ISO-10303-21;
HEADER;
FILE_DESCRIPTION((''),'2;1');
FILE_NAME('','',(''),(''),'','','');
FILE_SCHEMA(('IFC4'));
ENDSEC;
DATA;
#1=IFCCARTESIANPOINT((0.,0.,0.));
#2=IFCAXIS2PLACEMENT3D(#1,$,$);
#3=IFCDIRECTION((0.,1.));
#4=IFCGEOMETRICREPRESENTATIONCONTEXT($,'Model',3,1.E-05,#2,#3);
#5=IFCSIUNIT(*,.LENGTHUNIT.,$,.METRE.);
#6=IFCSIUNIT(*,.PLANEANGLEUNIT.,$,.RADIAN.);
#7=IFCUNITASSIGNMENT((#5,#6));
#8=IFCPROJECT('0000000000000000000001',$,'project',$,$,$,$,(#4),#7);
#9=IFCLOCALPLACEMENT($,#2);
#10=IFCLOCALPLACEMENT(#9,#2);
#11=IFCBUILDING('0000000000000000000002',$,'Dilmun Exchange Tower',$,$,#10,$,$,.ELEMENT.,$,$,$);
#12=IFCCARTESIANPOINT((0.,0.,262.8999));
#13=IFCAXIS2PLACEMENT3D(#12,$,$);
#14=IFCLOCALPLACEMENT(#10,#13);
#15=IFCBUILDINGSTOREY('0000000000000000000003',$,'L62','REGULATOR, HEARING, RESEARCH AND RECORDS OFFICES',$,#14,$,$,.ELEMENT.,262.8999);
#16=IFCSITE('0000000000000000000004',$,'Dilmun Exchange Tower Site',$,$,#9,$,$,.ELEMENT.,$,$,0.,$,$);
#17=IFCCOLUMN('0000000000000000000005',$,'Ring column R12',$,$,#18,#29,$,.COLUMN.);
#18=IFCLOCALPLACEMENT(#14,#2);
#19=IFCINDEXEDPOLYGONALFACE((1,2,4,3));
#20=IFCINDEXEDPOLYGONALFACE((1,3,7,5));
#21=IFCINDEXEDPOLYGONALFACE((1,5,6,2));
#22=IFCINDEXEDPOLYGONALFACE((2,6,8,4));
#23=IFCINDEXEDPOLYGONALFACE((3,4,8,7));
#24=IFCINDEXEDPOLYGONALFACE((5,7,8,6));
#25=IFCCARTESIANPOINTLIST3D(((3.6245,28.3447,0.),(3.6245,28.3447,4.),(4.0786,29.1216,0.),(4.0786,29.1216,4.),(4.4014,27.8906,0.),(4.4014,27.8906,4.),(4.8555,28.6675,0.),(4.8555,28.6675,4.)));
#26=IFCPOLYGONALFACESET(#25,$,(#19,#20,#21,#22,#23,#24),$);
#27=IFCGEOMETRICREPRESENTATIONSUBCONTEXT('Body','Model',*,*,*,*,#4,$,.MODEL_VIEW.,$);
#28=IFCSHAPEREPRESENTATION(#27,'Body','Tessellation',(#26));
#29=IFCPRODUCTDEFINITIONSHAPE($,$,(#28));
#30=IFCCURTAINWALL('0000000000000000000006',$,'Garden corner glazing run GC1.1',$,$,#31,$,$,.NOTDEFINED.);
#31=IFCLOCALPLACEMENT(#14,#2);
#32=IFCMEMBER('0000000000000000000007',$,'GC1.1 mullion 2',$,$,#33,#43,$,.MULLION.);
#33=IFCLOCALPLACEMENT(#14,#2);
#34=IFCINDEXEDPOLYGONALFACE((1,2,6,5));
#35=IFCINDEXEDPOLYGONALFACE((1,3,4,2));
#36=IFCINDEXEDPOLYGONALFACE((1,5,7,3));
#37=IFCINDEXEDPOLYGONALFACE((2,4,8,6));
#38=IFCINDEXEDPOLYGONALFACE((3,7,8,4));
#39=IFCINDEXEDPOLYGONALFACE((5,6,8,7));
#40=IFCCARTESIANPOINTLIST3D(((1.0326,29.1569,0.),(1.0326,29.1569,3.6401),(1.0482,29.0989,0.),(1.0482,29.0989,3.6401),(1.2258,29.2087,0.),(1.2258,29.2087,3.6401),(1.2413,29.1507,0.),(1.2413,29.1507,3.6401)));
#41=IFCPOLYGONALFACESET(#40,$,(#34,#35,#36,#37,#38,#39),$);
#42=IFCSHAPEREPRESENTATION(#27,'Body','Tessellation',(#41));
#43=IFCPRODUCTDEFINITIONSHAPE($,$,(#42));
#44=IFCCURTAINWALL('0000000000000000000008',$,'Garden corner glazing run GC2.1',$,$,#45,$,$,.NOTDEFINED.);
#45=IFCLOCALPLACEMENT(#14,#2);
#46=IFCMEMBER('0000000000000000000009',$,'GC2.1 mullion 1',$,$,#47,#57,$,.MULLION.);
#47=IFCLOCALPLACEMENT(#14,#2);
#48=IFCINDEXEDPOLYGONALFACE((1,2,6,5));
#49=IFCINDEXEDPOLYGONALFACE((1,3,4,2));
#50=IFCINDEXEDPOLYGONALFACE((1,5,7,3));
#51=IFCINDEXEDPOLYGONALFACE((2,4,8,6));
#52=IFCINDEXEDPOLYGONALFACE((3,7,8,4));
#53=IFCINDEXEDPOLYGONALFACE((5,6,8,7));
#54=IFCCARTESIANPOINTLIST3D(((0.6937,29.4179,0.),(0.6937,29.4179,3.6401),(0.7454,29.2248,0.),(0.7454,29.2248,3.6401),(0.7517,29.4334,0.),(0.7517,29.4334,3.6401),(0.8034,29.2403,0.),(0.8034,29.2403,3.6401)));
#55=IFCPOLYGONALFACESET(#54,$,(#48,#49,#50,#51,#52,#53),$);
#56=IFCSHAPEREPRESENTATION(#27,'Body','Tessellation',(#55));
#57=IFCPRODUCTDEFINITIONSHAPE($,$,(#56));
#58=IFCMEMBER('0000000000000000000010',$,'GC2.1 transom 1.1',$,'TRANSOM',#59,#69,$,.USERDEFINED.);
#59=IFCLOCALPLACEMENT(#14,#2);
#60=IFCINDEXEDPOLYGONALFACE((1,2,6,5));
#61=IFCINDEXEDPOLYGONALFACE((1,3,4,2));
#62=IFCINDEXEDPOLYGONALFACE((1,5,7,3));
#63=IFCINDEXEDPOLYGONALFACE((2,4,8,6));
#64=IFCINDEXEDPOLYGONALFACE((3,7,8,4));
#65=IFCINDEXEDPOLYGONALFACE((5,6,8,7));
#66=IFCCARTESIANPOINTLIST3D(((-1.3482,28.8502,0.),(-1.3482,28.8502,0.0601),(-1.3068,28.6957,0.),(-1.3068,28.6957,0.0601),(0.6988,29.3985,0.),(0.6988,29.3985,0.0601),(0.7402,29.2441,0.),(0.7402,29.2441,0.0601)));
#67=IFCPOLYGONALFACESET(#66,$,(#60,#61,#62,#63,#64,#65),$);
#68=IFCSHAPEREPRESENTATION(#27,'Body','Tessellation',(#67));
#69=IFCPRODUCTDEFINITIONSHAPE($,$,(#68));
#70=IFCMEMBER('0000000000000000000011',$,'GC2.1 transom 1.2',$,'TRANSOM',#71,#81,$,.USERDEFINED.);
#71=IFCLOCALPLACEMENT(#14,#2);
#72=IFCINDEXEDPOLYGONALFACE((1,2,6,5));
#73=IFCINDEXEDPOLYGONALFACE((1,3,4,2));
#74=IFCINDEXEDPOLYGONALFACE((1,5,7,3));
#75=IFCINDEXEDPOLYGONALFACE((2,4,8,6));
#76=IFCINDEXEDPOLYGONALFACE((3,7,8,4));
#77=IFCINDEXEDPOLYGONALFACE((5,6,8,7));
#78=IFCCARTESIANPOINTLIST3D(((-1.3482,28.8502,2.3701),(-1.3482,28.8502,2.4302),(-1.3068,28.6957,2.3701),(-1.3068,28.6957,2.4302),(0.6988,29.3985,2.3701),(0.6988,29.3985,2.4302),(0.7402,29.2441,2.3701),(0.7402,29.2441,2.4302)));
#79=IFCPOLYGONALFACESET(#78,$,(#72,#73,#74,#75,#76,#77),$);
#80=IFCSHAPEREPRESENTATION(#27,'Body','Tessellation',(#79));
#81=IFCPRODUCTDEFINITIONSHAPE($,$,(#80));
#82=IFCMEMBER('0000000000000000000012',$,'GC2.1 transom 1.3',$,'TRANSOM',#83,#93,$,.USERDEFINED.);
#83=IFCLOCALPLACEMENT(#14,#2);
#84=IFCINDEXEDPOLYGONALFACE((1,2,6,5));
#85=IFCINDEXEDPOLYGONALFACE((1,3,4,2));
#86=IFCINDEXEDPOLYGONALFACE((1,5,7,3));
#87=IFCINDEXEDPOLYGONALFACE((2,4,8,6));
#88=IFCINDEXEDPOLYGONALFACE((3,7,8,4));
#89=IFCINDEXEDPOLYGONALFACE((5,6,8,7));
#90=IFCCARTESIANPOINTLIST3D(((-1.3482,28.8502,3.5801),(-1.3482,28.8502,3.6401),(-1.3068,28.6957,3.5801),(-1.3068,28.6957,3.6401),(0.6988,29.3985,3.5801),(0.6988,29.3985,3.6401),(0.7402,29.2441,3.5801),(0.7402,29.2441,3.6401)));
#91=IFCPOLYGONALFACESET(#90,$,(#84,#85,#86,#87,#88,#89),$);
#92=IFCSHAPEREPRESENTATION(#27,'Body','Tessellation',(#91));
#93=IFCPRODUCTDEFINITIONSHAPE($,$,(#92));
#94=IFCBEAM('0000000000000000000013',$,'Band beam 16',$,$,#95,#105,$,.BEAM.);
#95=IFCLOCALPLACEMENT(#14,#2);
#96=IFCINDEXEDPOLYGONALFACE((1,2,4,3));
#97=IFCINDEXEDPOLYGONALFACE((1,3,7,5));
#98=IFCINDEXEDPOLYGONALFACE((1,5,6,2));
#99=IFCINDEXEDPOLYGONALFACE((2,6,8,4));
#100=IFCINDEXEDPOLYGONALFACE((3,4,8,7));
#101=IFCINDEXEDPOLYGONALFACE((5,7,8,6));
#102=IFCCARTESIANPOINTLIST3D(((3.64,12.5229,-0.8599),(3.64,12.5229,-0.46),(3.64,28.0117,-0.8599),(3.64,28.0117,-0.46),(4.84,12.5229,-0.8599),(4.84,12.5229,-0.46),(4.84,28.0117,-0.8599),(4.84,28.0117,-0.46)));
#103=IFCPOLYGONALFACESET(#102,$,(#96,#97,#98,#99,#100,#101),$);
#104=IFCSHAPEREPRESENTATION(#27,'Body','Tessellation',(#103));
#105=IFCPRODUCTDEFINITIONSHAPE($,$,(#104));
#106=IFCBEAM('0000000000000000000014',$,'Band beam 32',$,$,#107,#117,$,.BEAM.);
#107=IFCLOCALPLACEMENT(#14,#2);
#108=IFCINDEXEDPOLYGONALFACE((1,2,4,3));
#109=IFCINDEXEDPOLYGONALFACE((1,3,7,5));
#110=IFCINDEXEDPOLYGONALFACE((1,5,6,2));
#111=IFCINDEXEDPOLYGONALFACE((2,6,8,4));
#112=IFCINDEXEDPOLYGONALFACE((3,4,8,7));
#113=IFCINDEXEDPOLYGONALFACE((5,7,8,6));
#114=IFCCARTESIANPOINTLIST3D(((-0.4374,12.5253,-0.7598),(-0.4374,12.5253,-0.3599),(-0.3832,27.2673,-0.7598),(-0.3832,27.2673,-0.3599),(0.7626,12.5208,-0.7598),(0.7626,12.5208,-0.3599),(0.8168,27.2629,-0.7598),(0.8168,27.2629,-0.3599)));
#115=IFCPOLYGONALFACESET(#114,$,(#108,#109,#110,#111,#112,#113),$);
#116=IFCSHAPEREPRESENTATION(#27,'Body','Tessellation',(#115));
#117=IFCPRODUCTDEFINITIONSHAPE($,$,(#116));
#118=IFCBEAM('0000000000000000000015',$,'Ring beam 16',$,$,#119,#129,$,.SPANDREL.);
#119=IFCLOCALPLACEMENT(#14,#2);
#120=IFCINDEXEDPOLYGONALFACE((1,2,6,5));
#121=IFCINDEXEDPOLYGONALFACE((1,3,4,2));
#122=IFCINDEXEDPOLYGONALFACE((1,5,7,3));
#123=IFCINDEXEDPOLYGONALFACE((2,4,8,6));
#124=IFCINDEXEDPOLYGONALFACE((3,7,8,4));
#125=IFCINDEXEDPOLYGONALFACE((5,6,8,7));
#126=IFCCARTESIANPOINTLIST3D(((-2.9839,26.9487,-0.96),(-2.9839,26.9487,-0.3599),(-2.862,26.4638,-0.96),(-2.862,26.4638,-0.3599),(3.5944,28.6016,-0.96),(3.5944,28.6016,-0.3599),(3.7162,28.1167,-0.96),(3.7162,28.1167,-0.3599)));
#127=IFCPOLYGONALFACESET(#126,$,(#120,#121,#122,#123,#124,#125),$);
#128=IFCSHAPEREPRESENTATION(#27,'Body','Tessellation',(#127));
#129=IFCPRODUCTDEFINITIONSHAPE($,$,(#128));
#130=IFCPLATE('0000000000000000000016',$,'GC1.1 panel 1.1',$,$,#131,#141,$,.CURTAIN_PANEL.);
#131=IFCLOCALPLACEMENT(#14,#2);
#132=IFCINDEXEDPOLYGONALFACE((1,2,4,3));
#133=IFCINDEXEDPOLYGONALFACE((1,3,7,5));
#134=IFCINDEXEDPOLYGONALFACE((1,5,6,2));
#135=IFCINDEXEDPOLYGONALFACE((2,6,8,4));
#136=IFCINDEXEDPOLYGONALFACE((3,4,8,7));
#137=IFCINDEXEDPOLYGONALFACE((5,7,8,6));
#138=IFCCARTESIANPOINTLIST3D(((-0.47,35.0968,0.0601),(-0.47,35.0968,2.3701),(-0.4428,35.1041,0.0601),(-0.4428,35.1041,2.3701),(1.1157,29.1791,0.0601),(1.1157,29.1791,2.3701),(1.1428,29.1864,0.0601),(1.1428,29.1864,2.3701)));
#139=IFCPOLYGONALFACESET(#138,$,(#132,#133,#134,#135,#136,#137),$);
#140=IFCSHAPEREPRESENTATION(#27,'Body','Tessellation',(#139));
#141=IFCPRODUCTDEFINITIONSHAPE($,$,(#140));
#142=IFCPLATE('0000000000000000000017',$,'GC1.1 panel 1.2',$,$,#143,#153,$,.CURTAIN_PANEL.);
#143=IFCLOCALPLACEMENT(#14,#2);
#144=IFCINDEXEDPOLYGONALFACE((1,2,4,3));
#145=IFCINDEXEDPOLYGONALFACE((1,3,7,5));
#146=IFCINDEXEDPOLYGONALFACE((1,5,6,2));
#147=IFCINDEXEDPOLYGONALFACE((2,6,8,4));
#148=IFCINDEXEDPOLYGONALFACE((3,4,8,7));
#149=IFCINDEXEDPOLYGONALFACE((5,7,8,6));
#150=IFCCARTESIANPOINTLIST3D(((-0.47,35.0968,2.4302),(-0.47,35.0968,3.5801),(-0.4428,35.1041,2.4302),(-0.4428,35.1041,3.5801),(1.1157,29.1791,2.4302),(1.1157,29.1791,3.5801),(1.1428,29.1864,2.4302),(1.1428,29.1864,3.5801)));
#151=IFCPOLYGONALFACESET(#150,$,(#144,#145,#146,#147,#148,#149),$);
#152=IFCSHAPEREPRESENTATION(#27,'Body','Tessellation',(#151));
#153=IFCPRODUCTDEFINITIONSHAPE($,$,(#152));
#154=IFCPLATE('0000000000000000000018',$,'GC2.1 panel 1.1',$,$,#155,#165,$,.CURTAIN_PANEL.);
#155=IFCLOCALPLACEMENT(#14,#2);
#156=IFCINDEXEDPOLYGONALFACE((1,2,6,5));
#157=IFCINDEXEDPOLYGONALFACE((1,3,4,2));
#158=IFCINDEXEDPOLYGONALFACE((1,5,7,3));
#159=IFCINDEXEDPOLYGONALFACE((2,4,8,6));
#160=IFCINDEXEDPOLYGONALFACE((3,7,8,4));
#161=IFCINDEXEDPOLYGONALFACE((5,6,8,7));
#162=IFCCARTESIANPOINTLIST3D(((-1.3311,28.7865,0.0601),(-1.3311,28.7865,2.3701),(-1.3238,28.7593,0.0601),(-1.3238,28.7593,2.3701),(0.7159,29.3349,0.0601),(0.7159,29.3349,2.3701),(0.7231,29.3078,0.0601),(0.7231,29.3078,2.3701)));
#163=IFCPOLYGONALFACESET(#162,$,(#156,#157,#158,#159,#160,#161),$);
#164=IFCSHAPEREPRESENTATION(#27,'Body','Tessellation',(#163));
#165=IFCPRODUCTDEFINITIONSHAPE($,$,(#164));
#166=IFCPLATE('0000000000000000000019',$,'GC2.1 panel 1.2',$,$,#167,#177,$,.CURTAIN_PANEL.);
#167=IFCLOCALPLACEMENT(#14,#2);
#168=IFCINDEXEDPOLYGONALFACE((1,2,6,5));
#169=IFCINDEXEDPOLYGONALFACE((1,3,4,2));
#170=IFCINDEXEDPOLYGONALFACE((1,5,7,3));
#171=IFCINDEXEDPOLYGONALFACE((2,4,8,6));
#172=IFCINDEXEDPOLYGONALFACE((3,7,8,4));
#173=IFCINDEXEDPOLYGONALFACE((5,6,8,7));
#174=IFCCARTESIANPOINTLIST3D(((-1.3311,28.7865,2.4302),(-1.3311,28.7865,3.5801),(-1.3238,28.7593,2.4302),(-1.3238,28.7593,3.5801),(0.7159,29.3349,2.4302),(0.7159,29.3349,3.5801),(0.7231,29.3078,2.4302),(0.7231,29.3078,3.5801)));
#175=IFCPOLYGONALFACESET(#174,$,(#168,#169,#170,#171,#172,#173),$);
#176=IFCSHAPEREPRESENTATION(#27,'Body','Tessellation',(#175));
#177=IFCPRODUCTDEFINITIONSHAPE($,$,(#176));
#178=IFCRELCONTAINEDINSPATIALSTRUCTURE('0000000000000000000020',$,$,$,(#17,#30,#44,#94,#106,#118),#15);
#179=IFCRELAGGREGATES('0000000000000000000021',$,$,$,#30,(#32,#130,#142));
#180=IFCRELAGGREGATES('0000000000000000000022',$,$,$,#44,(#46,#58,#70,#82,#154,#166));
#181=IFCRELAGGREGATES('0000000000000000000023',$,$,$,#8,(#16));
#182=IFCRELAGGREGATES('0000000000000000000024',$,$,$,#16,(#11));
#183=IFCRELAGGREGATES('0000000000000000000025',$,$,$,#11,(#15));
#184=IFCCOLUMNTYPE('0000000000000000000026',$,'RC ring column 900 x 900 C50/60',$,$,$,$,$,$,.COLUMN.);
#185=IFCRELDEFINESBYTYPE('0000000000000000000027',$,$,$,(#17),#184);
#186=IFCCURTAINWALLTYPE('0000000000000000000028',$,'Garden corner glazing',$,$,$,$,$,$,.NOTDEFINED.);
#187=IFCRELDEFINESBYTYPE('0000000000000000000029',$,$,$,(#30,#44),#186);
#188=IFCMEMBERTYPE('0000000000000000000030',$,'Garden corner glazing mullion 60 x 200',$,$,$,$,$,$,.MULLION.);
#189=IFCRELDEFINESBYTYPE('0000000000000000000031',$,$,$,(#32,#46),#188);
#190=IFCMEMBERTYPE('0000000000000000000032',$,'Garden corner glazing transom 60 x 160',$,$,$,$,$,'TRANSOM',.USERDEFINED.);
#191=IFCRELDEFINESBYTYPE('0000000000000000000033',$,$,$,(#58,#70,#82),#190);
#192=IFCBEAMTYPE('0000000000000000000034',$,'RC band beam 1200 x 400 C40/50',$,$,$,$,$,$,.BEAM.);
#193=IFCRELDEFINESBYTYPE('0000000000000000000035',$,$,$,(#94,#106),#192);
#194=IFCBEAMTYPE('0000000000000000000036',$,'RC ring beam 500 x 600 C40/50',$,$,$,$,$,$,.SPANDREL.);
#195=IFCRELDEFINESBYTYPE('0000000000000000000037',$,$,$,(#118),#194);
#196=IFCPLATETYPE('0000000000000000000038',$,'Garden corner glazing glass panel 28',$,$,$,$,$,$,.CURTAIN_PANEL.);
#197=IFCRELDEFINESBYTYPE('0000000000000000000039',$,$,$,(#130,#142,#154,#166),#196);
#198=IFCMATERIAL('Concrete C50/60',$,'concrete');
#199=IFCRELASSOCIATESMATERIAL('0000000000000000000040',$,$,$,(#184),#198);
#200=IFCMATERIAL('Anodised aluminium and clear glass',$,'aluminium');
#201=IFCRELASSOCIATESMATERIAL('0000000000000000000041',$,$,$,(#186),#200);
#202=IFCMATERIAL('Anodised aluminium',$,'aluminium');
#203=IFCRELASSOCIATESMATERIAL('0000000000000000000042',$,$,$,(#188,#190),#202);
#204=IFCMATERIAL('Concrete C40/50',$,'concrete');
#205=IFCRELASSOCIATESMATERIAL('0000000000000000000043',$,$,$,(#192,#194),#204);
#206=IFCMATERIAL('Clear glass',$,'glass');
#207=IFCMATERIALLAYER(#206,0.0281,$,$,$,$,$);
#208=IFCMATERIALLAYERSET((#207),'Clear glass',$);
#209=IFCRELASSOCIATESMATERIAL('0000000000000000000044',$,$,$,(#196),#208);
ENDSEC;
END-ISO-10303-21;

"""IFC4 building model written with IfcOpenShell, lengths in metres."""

from ifc_helpers import new_model, si_unit, direction, frame, origin, origin_2d, place, context, subcontext, project, spatial, rectangle, extrude, material, layer, layer_set, material_profile, profile_set, type_object, element, aggregate, save


model = new_model("IFC4")

# Units and contexts
model_context = context("Model", 3, precision=1e-05, world=origin(), true_north=direction((0.0, 1.0)))
body_context = subcontext(model_context, "Body", "Model", "MODEL_VIEW")
ifc_project = project(units=[si_unit("LENGTHUNIT", "METRE"), si_unit("PLANEANGLEUNIT", "RADIAN")], contexts=[model_context])

# Site, building, storey
site_placement = place(None, origin())
site = spatial("IfcSite", under=ifc_project, at=site_placement, Name="Dilmun Exchange Tower Site", CompositionType="ELEMENT", RefElevation=0.0)
building_placement = place(site_placement, origin())
building = spatial("IfcBuilding", under=site, at=building_placement, Name="Dilmun Exchange Tower", CompositionType="ELEMENT")
storey_placement = place(building_placement, frame((0.0, 0.0, 262.8999)))
storey = spatial("IfcBuildingStorey", under=building, at=storey_placement, Name="L62", Description="REGULATOR, HEARING, RESEARCH AND RECORDS OFFICES", CompositionType="ELEMENT", Elevation=262.8999)

# Column
ifc_material_1 = material(Name="Concrete C50/60", Category="concrete")
ifc_material_profile_1 = material_profile(ifc_material_1, rectangle(XDim=0.8999, YDim=0.8999, at=origin_2d()), Name="900 x 900")
ifc_profile_set_1 = profile_set([ifc_material_profile_1], Name="Concrete C50/60")
column_type = type_object("IfcColumnType", Name="RC ring column 900 x 900 C50/60", PredefinedType="COLUMN", material=ifc_profile_set_1)
column_placement = place(storey_placement, frame((4.24, 28.5061, 0.0), z_axis=(0.0, 0.0, 1.0), x_axis=(0.504644, 0.863328, 0.0)))
element("IfcColumn", 1, at=column_placement, inside=storey, type_object=column_type, Name="Ring column R12", PredefinedType="COLUMN", context=body_context, shape_type="SweptSolid", body=[
    extrude(rectangle(XDim=0.8999, YDim=0.8999, at=origin_2d()), origin(), (0.0, 0.0, 1.0), 4.0),
])

# Curtain wall, member
ifc_material_2 = material(Name="Anodised aluminium and clear glass", Category="aluminium")
curtain_wall_type = type_object("IfcCurtainWallType", Name="Garden corner glazing", PredefinedType="NOTDEFINED", material=ifc_material_2)
curtain_wall_1_placement = place(storey_placement, origin())
curtain_wall_1 = element("IfcCurtainWall", 2, at=curtain_wall_1_placement, inside=storey, type_object=curtain_wall_type, Name="Garden corner glazing run GC1.1", PredefinedType="NOTDEFINED")
ifc_material_3 = material(Name="Anodised aluminium", Category="aluminium")
ifc_material_profile_2 = material_profile(ifc_material_3, rectangle(XDim=0.2, YDim=0.0601, at=origin_2d()), Name="AL 60x200")
ifc_profile_set_2 = profile_set([ifc_material_profile_2], Name="Anodised aluminium")
member_type_1 = type_object("IfcMemberType", Name="Garden corner glazing mullion 60 x 200", PredefinedType="MULLION", material=ifc_profile_set_2)
member_1_placement = place(storey_placement, frame((1.137, 29.1538, 0.0), z_axis=(0.0, 0.0, 1.0), x_axis=(0.965926, 0.258819, 0.0)))
member_1 = element("IfcMember", 3, at=member_1_placement, type_object=member_type_1, Name="GC1.1 mullion 2", PredefinedType="MULLION", context=body_context, shape_type="SweptSolid", body=[
    extrude(rectangle(XDim=0.2, YDim=0.0601, at=origin_2d()), origin(), (0.0, 0.0, 1.0), 3.6401),
])

# Curtain wall, members
curtain_wall_2_placement = place(storey_placement, origin())
curtain_wall_2 = element("IfcCurtainWall", 4, at=curtain_wall_2_placement, inside=storey, type_object=curtain_wall_type, Name="Garden corner glazing run GC2.1", PredefinedType="NOTDEFINED")
member_2_placement = place(storey_placement, frame((0.7485, 29.3291, 0.0), z_axis=(0.0, 0.0, 1.0), x_axis=(0.25881, -0.965928, 0.0)))
member_2 = element("IfcMember", 5, at=member_2_placement, type_object=member_type_1, Name="GC2.1 mullion 1", PredefinedType="MULLION", context=body_context, shape_type="SweptSolid", body=[
    extrude(rectangle(XDim=0.2, YDim=0.0601, at=origin_2d()), origin(), (0.0, 0.0, 1.0), 3.6401),
])
ifc_material_profile_3 = material_profile(ifc_material_3, rectangle(XDim=0.1599, YDim=0.0601, at=origin_2d()), Name="AL 60x160")
ifc_profile_set_3 = profile_set([ifc_material_profile_3], Name="Anodised aluminium")
member_type_2 = type_object("IfcMemberType", Name="Garden corner glazing transom 60 x 160", ElementType="TRANSOM", PredefinedType="USERDEFINED", material=ifc_profile_set_3)
member_3_placement = place(storey_placement, frame((0.7195, 29.3213, 0.03), z_axis=(-0.96594, -0.258767, 0.0), x_axis=(0.258767, -0.96594, 0.0)))
member_3 = element("IfcMember", 6, at=member_3_placement, type_object=member_type_2, Name="GC2.1 transom 1.1", ObjectType="TRANSOM", PredefinedType="USERDEFINED", context=body_context, shape_type="SweptSolid", body=[
    extrude(rectangle(XDim=0.1599, YDim=0.0601, at=origin_2d()), origin(), (0.0, 0.0, 1.0), 2.1191),
])
member_4_placement = place(storey_placement, frame((0.7195, 29.3213, 2.4001), z_axis=(-0.96594, -0.258767, 0.0), x_axis=(0.258767, -0.96594, 0.0)))
member_4 = element("IfcMember", 7, at=member_4_placement, type_object=member_type_2, Name="GC2.1 transom 1.2", ObjectType="TRANSOM", PredefinedType="USERDEFINED", context=body_context, shape_type="SweptSolid", body=[
    extrude(rectangle(XDim=0.1599, YDim=0.0601, at=origin_2d()), origin(), (0.0, 0.0, 1.0), 2.1191),
])
member_5_placement = place(storey_placement, frame((0.7195, 29.3213, 3.6101), z_axis=(-0.96594, -0.258767, 0.0), x_axis=(0.258767, -0.96594, 0.0)))
member_5 = element("IfcMember", 8, at=member_5_placement, type_object=member_type_2, Name="GC2.1 transom 1.3", ObjectType="TRANSOM", PredefinedType="USERDEFINED", context=body_context, shape_type="SweptSolid", body=[
    extrude(rectangle(XDim=0.1599, YDim=0.0601, at=origin_2d()), origin(), (0.0, 0.0, 1.0), 2.1191),
])

# Beams
ifc_material_4 = material(Name="Concrete C40/50", Category="concrete")
ifc_material_profile_4 = material_profile(ifc_material_4, rectangle(XDim=1.2, YDim=0.3999, at=origin_2d()), Name="1200 x 400")
ifc_profile_set_4 = profile_set([ifc_material_profile_4], Name="Concrete C40/50")
beam_type_1 = type_object("IfcBeamType", Name="RC band beam 1200 x 400 C40/50", PredefinedType="BEAM", material=ifc_profile_set_4)
beam_1_placement = place(storey_placement, frame((4.24, 28.0117, -0.6599), z_axis=(0.0, -1.0, 0.0), x_axis=(1.0, 0.0, 0.0)))
element("IfcBeam", 9, at=beam_1_placement, inside=storey, type_object=beam_type_1, Name="Band beam 16", PredefinedType="BEAM", context=body_context, shape_type="SweptSolid", body=[
    extrude(rectangle(XDim=1.2, YDim=0.3999, at=origin_2d()), origin(), (0.0, 0.0, 1.0), 15.4888),
])
beam_2_placement = place(storey_placement, frame((0.2168, 27.2651, -0.5598), z_axis=(-0.003676, -0.999993, 0.0), x_axis=(0.999993, -0.003676, 0.0)))
element("IfcBeam", 10, at=beam_2_placement, inside=storey, type_object=beam_type_1, Name="Band beam 32", PredefinedType="BEAM", context=body_context, shape_type="SweptSolid", body=[
    extrude(rectangle(XDim=1.2, YDim=0.3999, at=origin_2d()), origin(), (0.0, 0.0, 1.0), 14.7422),
])
ifc_material_profile_5 = material_profile(ifc_material_4, rectangle(XDim=0.5, YDim=0.6001, at=origin_2d()), Name="500 x 600")
ifc_profile_set_5 = profile_set([ifc_material_profile_5], Name="Concrete C40/50")
beam_type_2 = type_object("IfcBeamType", Name="RC ring beam 500 x 600 C40/50", PredefinedType="SPANDREL", material=ifc_profile_set_5)
beam_3_placement = place(storey_placement, frame((3.6553, 28.3591, -0.6599), z_axis=(-0.969854, -0.243687, 0.0), x_axis=(0.243687, -0.969854, 0.0)))
element("IfcBeam", 11, at=beam_3_placement, inside=storey, type_object=beam_type_2, Name="Ring beam 16", PredefinedType="SPANDREL", context=body_context, shape_type="SweptSolid", body=[
    extrude(rectangle(XDim=0.5, YDim=0.6001, at=origin_2d()), origin(), (0.0, 0.0, 1.0), 6.7827),
])

# Plates
ifc_material_5 = material(Name="Clear glass", Category="glass")
ifc_layer_1 = layer(ifc_material_5, 0.0281)
ifc_layer_set_1 = layer_set([ifc_layer_1], Name="Clear glass")
plate_type = type_object("IfcPlateType", Name="Garden corner glazing glass panel 28", PredefinedType="CURTAIN_PANEL", material=ifc_layer_set_1)
plate_1_placement = place(storey_placement, frame((0.3364, 32.1416, 0.0601), z_axis=(0.0, 0.0, 1.0), x_axis=(0.258819, -0.965926, 0.0)))
plate_1 = element("IfcPlate", 12, at=plate_1_placement, type_object=plate_type, Name="GC1.1 panel 1.1", PredefinedType="CURTAIN_PANEL", context=body_context, shape_type="SweptSolid", body=[
    extrude(rectangle(XDim=6.1265, YDim=0.0281, at=origin_2d()), origin(), (0.0, 0.0, 1.0), 2.3101),
])
plate_2_placement = place(storey_placement, frame((0.3364, 32.1416, 2.4302), z_axis=(0.0, 0.0, 1.0), x_axis=(0.258819, -0.965926, 0.0)))
plate_2 = element("IfcPlate", 13, at=plate_2_placement, type_object=plate_type, Name="GC1.1 panel 1.2", PredefinedType="CURTAIN_PANEL", context=body_context, shape_type="SweptSolid", body=[
    extrude(rectangle(XDim=6.1265, YDim=0.0281, at=origin_2d()), origin(), (0.0, 0.0, 1.0), 1.1499),
])
aggregate(curtain_wall_1, [member_1, plate_1, plate_2])
plate_3_placement = place(storey_placement, frame((-0.304, 29.0471, 0.0601), z_axis=(0.0, 0.0, 1.0), x_axis=(-0.965928, -0.25881, 0.0)))
plate_3 = element("IfcPlate", 14, at=plate_3_placement, type_object=plate_type, Name="GC2.1 panel 1.1", PredefinedType="CURTAIN_PANEL", context=body_context, shape_type="SweptSolid", body=[
    extrude(rectangle(XDim=2.1191, YDim=0.0281, at=origin_2d()), origin(), (0.0, 0.0, 1.0), 2.3101),
])
plate_4_placement = place(storey_placement, frame((-0.304, 29.0471, 2.4302), z_axis=(0.0, 0.0, 1.0), x_axis=(-0.965928, -0.25881, 0.0)))
plate_4 = element("IfcPlate", 15, at=plate_4_placement, type_object=plate_type, Name="GC2.1 panel 1.2", PredefinedType="CURTAIN_PANEL", context=body_context, shape_type="SweptSolid", body=[
    extrude(rectangle(XDim=2.1191, YDim=0.0281, at=origin_2d()), origin(), (0.0, 0.0, 1.0), 1.1499),
])
aggregate(curtain_wall_2, [member_2, member_3, member_4, member_5, plate_3, plate_4])

save(model, "model.ifc")
